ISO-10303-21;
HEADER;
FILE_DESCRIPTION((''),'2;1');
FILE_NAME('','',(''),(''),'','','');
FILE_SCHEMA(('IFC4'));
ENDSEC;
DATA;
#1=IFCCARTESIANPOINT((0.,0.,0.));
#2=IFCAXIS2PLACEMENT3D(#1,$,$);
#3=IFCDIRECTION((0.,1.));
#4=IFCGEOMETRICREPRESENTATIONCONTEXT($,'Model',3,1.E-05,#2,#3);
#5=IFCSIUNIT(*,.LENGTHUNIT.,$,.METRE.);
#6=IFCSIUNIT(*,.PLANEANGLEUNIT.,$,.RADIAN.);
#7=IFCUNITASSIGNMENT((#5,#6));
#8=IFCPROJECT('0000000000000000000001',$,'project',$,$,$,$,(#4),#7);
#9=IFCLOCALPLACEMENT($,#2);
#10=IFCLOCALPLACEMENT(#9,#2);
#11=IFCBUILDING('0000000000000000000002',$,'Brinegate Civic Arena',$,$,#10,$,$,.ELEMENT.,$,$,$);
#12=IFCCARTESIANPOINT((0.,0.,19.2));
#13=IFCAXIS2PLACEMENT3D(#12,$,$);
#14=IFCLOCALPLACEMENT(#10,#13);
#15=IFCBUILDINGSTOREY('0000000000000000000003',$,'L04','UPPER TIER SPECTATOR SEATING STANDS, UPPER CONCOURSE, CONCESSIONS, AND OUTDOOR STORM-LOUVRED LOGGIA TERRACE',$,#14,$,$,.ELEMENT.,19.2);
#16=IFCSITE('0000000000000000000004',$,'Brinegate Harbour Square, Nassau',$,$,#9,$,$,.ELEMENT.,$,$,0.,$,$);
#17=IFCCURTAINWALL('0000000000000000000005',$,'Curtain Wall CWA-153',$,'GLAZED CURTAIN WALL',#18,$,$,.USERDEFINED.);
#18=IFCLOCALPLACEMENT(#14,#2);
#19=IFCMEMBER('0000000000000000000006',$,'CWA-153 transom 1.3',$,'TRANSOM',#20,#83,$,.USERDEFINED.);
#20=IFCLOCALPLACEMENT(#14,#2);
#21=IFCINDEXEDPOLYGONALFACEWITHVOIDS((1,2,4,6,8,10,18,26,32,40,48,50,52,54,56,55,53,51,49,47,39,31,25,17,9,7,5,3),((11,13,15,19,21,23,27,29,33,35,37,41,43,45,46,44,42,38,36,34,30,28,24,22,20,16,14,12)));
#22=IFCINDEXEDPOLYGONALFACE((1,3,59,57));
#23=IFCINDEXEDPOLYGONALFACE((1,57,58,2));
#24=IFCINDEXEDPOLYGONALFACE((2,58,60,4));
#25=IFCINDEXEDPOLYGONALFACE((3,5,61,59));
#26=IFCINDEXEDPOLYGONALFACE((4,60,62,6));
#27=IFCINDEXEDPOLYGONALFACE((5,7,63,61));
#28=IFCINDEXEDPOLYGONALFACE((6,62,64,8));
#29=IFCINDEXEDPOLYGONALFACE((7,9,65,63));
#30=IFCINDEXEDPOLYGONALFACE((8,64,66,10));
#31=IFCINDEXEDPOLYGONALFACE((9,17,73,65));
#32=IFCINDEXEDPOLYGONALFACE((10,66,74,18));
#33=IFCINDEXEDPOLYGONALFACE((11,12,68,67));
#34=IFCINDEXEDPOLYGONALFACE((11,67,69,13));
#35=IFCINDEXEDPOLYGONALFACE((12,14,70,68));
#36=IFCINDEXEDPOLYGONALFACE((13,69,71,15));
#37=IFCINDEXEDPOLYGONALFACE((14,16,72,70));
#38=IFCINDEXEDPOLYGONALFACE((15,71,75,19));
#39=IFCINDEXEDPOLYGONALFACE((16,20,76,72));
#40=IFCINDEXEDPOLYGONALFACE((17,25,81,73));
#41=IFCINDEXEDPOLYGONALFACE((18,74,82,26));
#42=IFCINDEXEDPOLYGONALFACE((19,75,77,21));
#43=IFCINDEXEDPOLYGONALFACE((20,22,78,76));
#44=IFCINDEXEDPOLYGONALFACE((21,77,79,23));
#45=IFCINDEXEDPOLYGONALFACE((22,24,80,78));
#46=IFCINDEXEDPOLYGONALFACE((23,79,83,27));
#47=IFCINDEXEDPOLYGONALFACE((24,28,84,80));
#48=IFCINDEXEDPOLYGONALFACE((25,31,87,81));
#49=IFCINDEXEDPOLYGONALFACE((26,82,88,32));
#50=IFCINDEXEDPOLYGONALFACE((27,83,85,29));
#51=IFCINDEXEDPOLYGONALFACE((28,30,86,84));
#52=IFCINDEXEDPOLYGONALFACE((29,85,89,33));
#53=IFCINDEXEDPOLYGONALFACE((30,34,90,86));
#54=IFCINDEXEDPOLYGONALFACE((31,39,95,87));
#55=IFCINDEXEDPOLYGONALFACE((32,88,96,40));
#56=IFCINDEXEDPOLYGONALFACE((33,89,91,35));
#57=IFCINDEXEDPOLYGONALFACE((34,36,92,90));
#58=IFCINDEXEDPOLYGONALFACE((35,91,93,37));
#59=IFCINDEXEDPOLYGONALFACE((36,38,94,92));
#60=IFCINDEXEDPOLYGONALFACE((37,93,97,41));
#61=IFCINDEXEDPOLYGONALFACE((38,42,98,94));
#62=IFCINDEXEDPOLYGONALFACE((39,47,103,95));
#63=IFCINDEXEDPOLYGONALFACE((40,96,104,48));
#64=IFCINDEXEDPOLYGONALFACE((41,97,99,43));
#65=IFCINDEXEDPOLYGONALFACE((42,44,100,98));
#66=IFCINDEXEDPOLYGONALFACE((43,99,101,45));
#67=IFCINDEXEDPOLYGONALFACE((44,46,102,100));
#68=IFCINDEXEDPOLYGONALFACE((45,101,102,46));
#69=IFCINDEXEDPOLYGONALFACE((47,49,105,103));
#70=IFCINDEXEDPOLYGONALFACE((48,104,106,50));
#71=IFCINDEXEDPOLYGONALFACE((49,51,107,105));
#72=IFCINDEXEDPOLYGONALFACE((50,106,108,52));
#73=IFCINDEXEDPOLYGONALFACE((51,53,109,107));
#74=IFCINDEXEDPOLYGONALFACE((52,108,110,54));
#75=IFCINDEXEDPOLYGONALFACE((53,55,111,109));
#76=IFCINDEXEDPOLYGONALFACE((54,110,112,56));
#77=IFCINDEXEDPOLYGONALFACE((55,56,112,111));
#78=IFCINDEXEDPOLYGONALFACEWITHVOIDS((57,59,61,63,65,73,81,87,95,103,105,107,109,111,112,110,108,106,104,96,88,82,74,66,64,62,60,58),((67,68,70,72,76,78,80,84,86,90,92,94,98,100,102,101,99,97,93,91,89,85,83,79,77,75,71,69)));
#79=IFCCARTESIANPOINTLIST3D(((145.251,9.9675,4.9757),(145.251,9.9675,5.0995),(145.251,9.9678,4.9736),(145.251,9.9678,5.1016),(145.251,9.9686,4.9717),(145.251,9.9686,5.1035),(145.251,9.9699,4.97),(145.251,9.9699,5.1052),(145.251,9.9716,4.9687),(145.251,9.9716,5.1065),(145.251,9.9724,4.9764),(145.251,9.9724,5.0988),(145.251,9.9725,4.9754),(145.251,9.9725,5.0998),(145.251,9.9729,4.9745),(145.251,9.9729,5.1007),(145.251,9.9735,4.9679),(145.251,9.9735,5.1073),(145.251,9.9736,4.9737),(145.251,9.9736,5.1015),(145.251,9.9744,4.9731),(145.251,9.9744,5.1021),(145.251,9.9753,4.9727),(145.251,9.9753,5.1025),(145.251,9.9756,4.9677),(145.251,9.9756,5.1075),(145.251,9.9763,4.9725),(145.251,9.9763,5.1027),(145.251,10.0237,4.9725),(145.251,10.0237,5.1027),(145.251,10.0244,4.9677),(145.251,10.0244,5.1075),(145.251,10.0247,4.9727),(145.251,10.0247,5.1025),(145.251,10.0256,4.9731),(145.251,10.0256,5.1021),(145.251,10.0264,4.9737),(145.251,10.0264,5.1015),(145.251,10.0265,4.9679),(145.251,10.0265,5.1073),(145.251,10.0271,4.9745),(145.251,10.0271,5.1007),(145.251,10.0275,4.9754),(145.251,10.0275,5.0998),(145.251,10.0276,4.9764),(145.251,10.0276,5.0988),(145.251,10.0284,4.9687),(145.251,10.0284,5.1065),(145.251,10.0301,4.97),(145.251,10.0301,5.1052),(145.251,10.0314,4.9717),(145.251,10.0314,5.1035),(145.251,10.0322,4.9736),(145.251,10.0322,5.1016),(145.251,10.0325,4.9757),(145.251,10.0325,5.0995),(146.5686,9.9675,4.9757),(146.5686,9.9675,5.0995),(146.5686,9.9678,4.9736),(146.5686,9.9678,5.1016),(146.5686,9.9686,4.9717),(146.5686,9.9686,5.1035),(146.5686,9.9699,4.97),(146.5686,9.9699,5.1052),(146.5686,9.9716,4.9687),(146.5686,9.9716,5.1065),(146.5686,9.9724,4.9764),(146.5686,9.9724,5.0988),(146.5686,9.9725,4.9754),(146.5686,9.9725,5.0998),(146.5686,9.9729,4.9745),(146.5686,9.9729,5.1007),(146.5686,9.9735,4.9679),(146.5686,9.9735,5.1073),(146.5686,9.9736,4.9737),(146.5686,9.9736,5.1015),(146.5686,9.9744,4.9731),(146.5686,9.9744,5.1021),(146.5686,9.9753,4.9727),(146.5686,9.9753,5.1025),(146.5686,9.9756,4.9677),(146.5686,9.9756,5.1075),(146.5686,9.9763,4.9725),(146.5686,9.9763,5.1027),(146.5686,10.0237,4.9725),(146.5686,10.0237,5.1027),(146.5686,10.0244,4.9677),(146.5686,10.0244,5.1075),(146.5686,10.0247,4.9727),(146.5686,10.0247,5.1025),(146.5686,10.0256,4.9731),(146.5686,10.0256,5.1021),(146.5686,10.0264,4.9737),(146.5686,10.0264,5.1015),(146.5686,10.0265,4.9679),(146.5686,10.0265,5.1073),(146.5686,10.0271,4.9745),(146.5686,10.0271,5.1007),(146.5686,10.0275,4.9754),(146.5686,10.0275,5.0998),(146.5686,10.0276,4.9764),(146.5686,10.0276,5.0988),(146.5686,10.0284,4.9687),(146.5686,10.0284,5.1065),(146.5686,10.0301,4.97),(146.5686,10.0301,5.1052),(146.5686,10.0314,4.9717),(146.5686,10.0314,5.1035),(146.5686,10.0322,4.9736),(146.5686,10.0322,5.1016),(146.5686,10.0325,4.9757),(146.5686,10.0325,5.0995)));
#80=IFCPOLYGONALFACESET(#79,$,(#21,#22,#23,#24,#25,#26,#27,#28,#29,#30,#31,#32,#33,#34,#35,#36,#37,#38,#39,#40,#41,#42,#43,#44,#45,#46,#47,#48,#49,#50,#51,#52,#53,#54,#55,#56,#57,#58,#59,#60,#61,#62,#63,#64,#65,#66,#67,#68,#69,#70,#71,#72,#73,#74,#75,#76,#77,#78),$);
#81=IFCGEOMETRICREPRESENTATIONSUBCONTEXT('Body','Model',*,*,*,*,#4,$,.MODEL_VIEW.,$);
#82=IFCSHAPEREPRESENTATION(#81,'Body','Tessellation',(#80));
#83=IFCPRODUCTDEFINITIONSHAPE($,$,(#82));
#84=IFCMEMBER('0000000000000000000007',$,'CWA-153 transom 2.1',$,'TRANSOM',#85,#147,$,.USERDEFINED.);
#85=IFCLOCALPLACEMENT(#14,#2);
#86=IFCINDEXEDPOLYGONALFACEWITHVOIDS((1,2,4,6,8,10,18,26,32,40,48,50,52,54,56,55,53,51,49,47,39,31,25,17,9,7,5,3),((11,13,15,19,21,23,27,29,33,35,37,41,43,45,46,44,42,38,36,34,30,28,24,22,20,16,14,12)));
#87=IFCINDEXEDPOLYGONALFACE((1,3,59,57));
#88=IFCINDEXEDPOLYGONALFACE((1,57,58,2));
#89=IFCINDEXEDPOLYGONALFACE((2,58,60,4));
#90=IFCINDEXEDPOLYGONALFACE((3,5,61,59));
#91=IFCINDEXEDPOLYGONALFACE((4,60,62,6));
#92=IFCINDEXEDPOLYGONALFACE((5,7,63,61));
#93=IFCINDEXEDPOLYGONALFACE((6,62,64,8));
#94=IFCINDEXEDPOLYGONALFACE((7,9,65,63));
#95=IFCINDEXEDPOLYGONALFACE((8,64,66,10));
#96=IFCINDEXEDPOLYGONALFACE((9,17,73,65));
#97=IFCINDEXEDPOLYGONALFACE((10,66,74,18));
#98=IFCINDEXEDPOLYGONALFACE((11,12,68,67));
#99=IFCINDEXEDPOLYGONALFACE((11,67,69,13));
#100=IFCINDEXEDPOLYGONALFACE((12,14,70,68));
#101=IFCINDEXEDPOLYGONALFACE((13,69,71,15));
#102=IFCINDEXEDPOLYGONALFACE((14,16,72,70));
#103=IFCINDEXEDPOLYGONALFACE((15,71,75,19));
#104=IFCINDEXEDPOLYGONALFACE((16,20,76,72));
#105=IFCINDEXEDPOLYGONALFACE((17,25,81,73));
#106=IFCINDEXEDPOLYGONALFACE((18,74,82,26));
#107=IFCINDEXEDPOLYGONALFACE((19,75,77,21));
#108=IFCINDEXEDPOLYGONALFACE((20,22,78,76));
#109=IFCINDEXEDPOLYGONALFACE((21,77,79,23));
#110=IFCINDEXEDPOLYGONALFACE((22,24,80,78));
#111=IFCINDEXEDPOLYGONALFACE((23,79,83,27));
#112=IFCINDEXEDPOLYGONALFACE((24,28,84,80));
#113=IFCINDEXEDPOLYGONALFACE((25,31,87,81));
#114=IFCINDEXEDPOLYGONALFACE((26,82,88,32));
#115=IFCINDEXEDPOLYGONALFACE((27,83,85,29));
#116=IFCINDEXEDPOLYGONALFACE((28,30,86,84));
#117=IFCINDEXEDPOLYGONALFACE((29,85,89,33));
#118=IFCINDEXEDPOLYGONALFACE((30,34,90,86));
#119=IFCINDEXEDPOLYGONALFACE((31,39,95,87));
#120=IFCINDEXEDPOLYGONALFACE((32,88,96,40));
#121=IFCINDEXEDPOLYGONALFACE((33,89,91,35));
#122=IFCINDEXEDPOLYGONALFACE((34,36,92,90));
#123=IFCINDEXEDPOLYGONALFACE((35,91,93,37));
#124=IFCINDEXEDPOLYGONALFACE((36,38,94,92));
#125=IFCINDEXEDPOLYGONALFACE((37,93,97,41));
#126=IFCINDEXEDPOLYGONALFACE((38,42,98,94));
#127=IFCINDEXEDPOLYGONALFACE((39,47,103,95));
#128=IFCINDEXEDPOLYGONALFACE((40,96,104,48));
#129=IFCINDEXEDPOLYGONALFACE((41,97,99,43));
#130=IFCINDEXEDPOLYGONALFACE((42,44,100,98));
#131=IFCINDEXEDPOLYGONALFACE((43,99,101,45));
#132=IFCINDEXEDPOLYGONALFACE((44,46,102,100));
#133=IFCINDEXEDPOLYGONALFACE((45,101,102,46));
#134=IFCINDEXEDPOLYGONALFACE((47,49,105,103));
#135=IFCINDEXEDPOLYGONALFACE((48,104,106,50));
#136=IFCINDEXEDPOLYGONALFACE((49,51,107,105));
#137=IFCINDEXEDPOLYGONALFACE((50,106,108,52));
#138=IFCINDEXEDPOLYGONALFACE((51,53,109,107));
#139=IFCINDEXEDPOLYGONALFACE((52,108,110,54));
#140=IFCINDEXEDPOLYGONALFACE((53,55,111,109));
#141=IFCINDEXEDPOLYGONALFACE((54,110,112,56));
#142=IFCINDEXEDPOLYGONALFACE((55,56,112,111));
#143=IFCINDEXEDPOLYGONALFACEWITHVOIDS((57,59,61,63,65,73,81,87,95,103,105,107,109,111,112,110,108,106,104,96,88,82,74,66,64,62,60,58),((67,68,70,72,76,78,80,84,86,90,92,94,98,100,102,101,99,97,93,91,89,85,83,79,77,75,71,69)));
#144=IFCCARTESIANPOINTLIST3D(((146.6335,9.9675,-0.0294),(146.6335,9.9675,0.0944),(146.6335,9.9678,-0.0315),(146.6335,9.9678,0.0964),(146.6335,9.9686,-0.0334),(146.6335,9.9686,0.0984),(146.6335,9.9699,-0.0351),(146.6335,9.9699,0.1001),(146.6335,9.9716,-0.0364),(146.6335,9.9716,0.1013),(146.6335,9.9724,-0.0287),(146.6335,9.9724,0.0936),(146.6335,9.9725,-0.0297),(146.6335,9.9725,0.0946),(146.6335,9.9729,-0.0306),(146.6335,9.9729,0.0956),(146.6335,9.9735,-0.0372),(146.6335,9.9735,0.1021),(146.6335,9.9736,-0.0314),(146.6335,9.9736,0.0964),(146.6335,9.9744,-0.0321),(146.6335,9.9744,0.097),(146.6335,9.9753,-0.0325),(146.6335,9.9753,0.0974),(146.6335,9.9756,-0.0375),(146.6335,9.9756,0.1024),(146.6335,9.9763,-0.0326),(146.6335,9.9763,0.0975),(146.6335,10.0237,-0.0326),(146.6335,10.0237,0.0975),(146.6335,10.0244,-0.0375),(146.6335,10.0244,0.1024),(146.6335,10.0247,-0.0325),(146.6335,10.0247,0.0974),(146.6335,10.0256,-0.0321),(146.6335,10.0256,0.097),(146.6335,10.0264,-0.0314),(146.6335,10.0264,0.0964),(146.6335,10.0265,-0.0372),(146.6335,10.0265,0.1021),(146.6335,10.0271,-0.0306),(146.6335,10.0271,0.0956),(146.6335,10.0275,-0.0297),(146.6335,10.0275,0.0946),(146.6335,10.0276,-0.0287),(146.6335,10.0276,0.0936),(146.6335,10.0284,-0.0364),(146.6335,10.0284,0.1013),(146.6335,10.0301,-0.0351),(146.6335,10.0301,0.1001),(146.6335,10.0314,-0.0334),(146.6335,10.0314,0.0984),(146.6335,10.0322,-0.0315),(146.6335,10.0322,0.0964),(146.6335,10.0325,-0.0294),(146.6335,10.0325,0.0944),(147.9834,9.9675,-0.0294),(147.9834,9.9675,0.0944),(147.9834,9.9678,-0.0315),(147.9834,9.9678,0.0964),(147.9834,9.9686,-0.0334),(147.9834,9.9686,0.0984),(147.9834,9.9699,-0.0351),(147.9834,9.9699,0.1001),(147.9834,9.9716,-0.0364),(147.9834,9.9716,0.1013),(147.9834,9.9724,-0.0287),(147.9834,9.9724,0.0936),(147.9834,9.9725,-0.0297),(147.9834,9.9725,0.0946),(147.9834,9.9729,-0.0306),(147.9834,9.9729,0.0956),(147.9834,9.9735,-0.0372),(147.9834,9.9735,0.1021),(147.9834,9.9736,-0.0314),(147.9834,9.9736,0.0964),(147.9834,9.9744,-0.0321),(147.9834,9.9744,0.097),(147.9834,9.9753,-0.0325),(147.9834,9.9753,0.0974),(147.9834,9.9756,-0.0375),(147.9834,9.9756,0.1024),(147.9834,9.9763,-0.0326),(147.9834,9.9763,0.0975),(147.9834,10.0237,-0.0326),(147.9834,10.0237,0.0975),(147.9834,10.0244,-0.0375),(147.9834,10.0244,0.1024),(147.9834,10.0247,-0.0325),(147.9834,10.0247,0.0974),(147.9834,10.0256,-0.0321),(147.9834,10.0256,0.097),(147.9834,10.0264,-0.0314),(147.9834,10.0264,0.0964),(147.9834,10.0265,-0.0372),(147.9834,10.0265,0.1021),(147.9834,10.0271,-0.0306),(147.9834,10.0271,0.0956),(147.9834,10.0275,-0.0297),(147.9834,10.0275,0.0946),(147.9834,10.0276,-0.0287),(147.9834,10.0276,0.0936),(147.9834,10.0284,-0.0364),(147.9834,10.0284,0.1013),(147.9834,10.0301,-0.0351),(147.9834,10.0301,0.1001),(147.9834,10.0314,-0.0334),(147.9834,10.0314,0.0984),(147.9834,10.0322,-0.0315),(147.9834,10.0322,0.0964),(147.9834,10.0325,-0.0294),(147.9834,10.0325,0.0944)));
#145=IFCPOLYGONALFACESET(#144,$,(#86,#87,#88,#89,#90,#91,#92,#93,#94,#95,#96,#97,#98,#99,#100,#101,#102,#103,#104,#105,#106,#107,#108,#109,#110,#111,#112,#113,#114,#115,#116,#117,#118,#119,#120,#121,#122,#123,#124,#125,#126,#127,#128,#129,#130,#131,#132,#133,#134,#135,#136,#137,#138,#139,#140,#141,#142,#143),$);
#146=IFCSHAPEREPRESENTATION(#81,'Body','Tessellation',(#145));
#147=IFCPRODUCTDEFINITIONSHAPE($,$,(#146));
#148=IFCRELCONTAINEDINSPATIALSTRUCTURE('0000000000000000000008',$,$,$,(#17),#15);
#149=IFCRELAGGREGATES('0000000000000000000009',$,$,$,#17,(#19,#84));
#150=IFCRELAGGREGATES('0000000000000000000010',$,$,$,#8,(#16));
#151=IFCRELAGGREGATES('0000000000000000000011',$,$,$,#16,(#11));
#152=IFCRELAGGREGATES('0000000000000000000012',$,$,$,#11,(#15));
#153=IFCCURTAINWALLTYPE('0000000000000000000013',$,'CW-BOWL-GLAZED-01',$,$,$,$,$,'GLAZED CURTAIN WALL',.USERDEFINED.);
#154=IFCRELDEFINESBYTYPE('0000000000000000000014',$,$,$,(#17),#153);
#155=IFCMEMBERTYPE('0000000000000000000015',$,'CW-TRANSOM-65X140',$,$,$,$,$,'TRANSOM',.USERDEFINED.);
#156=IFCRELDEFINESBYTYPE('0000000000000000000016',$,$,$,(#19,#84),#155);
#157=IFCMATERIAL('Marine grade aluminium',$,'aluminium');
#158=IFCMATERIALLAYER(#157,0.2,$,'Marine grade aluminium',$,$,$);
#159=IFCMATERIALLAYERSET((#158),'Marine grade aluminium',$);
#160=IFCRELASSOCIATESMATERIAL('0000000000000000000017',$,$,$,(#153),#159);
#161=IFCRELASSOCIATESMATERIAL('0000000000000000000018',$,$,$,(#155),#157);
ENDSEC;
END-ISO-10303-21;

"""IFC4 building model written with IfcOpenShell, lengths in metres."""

from ifc_helpers import new_model, si_unit, direction, frame, origin, origin_2d, place, context, subcontext, project, spatial, hollow_rectangle, extrude, material, layer, layer_set, material_profile, profile_set, type_object, element, aggregate, save


model = new_model("IFC4")

# Units and contexts
model_context = context("Model", 3, precision=1e-05, world=origin(), true_north=direction((0.0, 1.0)))
body_context = subcontext(model_context, "Body", "Model", "MODEL_VIEW")
ifc_project = project(units=[si_unit("LENGTHUNIT", "METRE"), si_unit("PLANEANGLEUNIT", "RADIAN")], contexts=[model_context])

# Site, building, storey
site_placement = place(None, origin())
site = spatial("IfcSite", under=ifc_project, at=site_placement, Name="Brinegate Harbour Square, Nassau", CompositionType="ELEMENT", RefElevation=0.0)
building_placement = place(site_placement, origin())
building = spatial("IfcBuilding", under=site, at=building_placement, Name="Brinegate Civic Arena", CompositionType="ELEMENT")
storey_placement = place(building_placement, frame((0.0, 0.0, 19.2)))
storey = spatial("IfcBuildingStorey", under=building, at=storey_placement, Name="L04", Description="UPPER TIER SPECTATOR SEATING STANDS, UPPER CONCOURSE, CONCESSIONS, AND OUTDOOR STORM-LOUVRED LOGGIA TERRACE", CompositionType="ELEMENT", Elevation=19.2)

# Curtain wall, members
ifc_material_1 = material(Name="Marine grade aluminium", Category="aluminium")
ifc_layer_1 = layer(ifc_material_1, 0.2, Name="Marine grade aluminium")
ifc_layer_set_1 = layer_set([ifc_layer_1], Name="Marine grade aluminium")
curtain_wall_type_1 = type_object("IfcCurtainWallType", Name="CW-BOWL-GLAZED-01", ElementType="GLAZED CURTAIN WALL", PredefinedType="USERDEFINED", material=ifc_layer_set_1)
curtain_wall_1_placement = place(storey_placement, origin())
curtain_wall_1 = element("IfcCurtainWall", 1, at=curtain_wall_1_placement, inside=storey, type_object=curtain_wall_type_1, Name="Curtain Wall CWA-153", ObjectType="GLAZED CURTAIN WALL", PredefinedType="USERDEFINED")
ifc_material_profile_1 = material_profile(ifc_material_1, hollow_rectangle(XDim=0.0649, YDim=0.1399, WallThickness=0.0049, InnerFilletRadius=0.0039, OuterFilletRadius=0.0081, at=origin_2d()), Name="TRN65X140")
ifc_profile_set_1 = profile_set([ifc_material_profile_1], Name="Marine grade aluminium")
member_type_1 = type_object("IfcMemberType", Name="CW-TRANSOM-65X140", ElementType="TRANSOM", PredefinedType="USERDEFINED", material=ifc_profile_set_1)
member_1_placement = place(storey_placement, frame((145.251, 10.0, 5.0376), z_axis=(1.0, 0.0, 0.0), x_axis=(0.0, 1.0, 0.0)))
member_1 = element("IfcMember", 2, at=member_1_placement, type_object=member_type_1, Name="CWA-153 transom 1.3", ObjectType="TRANSOM", PredefinedType="USERDEFINED", context=body_context, shape_type="SweptSolid", body=[
    extrude(hollow_rectangle(XDim=0.0649, YDim=0.1399, WallThickness=0.0049, InnerFilletRadius=0.0039, OuterFilletRadius=0.0081, at=origin_2d()), origin(), (0.0, 0.0, 1.0), 1.3176),
])
member_2_placement = place(storey_placement, frame((146.6335, 10.0, 0.0325), z_axis=(1.0, 0.0, 0.0), x_axis=(0.0, 1.0, 0.0)))
member_2 = element("IfcMember", 3, at=member_2_placement, type_object=member_type_1, Name="CWA-153 transom 2.1", ObjectType="TRANSOM", PredefinedType="USERDEFINED", context=body_context, shape_type="SweptSolid", body=[
    extrude(hollow_rectangle(XDim=0.0649, YDim=0.1399, WallThickness=0.0049, InnerFilletRadius=0.0039, OuterFilletRadius=0.0081, at=origin_2d()), origin(), (0.0, 0.0, 1.0), 1.3499),
])

aggregate(curtain_wall_1, [member_1, member_2])

save(model, "model.ifc")
